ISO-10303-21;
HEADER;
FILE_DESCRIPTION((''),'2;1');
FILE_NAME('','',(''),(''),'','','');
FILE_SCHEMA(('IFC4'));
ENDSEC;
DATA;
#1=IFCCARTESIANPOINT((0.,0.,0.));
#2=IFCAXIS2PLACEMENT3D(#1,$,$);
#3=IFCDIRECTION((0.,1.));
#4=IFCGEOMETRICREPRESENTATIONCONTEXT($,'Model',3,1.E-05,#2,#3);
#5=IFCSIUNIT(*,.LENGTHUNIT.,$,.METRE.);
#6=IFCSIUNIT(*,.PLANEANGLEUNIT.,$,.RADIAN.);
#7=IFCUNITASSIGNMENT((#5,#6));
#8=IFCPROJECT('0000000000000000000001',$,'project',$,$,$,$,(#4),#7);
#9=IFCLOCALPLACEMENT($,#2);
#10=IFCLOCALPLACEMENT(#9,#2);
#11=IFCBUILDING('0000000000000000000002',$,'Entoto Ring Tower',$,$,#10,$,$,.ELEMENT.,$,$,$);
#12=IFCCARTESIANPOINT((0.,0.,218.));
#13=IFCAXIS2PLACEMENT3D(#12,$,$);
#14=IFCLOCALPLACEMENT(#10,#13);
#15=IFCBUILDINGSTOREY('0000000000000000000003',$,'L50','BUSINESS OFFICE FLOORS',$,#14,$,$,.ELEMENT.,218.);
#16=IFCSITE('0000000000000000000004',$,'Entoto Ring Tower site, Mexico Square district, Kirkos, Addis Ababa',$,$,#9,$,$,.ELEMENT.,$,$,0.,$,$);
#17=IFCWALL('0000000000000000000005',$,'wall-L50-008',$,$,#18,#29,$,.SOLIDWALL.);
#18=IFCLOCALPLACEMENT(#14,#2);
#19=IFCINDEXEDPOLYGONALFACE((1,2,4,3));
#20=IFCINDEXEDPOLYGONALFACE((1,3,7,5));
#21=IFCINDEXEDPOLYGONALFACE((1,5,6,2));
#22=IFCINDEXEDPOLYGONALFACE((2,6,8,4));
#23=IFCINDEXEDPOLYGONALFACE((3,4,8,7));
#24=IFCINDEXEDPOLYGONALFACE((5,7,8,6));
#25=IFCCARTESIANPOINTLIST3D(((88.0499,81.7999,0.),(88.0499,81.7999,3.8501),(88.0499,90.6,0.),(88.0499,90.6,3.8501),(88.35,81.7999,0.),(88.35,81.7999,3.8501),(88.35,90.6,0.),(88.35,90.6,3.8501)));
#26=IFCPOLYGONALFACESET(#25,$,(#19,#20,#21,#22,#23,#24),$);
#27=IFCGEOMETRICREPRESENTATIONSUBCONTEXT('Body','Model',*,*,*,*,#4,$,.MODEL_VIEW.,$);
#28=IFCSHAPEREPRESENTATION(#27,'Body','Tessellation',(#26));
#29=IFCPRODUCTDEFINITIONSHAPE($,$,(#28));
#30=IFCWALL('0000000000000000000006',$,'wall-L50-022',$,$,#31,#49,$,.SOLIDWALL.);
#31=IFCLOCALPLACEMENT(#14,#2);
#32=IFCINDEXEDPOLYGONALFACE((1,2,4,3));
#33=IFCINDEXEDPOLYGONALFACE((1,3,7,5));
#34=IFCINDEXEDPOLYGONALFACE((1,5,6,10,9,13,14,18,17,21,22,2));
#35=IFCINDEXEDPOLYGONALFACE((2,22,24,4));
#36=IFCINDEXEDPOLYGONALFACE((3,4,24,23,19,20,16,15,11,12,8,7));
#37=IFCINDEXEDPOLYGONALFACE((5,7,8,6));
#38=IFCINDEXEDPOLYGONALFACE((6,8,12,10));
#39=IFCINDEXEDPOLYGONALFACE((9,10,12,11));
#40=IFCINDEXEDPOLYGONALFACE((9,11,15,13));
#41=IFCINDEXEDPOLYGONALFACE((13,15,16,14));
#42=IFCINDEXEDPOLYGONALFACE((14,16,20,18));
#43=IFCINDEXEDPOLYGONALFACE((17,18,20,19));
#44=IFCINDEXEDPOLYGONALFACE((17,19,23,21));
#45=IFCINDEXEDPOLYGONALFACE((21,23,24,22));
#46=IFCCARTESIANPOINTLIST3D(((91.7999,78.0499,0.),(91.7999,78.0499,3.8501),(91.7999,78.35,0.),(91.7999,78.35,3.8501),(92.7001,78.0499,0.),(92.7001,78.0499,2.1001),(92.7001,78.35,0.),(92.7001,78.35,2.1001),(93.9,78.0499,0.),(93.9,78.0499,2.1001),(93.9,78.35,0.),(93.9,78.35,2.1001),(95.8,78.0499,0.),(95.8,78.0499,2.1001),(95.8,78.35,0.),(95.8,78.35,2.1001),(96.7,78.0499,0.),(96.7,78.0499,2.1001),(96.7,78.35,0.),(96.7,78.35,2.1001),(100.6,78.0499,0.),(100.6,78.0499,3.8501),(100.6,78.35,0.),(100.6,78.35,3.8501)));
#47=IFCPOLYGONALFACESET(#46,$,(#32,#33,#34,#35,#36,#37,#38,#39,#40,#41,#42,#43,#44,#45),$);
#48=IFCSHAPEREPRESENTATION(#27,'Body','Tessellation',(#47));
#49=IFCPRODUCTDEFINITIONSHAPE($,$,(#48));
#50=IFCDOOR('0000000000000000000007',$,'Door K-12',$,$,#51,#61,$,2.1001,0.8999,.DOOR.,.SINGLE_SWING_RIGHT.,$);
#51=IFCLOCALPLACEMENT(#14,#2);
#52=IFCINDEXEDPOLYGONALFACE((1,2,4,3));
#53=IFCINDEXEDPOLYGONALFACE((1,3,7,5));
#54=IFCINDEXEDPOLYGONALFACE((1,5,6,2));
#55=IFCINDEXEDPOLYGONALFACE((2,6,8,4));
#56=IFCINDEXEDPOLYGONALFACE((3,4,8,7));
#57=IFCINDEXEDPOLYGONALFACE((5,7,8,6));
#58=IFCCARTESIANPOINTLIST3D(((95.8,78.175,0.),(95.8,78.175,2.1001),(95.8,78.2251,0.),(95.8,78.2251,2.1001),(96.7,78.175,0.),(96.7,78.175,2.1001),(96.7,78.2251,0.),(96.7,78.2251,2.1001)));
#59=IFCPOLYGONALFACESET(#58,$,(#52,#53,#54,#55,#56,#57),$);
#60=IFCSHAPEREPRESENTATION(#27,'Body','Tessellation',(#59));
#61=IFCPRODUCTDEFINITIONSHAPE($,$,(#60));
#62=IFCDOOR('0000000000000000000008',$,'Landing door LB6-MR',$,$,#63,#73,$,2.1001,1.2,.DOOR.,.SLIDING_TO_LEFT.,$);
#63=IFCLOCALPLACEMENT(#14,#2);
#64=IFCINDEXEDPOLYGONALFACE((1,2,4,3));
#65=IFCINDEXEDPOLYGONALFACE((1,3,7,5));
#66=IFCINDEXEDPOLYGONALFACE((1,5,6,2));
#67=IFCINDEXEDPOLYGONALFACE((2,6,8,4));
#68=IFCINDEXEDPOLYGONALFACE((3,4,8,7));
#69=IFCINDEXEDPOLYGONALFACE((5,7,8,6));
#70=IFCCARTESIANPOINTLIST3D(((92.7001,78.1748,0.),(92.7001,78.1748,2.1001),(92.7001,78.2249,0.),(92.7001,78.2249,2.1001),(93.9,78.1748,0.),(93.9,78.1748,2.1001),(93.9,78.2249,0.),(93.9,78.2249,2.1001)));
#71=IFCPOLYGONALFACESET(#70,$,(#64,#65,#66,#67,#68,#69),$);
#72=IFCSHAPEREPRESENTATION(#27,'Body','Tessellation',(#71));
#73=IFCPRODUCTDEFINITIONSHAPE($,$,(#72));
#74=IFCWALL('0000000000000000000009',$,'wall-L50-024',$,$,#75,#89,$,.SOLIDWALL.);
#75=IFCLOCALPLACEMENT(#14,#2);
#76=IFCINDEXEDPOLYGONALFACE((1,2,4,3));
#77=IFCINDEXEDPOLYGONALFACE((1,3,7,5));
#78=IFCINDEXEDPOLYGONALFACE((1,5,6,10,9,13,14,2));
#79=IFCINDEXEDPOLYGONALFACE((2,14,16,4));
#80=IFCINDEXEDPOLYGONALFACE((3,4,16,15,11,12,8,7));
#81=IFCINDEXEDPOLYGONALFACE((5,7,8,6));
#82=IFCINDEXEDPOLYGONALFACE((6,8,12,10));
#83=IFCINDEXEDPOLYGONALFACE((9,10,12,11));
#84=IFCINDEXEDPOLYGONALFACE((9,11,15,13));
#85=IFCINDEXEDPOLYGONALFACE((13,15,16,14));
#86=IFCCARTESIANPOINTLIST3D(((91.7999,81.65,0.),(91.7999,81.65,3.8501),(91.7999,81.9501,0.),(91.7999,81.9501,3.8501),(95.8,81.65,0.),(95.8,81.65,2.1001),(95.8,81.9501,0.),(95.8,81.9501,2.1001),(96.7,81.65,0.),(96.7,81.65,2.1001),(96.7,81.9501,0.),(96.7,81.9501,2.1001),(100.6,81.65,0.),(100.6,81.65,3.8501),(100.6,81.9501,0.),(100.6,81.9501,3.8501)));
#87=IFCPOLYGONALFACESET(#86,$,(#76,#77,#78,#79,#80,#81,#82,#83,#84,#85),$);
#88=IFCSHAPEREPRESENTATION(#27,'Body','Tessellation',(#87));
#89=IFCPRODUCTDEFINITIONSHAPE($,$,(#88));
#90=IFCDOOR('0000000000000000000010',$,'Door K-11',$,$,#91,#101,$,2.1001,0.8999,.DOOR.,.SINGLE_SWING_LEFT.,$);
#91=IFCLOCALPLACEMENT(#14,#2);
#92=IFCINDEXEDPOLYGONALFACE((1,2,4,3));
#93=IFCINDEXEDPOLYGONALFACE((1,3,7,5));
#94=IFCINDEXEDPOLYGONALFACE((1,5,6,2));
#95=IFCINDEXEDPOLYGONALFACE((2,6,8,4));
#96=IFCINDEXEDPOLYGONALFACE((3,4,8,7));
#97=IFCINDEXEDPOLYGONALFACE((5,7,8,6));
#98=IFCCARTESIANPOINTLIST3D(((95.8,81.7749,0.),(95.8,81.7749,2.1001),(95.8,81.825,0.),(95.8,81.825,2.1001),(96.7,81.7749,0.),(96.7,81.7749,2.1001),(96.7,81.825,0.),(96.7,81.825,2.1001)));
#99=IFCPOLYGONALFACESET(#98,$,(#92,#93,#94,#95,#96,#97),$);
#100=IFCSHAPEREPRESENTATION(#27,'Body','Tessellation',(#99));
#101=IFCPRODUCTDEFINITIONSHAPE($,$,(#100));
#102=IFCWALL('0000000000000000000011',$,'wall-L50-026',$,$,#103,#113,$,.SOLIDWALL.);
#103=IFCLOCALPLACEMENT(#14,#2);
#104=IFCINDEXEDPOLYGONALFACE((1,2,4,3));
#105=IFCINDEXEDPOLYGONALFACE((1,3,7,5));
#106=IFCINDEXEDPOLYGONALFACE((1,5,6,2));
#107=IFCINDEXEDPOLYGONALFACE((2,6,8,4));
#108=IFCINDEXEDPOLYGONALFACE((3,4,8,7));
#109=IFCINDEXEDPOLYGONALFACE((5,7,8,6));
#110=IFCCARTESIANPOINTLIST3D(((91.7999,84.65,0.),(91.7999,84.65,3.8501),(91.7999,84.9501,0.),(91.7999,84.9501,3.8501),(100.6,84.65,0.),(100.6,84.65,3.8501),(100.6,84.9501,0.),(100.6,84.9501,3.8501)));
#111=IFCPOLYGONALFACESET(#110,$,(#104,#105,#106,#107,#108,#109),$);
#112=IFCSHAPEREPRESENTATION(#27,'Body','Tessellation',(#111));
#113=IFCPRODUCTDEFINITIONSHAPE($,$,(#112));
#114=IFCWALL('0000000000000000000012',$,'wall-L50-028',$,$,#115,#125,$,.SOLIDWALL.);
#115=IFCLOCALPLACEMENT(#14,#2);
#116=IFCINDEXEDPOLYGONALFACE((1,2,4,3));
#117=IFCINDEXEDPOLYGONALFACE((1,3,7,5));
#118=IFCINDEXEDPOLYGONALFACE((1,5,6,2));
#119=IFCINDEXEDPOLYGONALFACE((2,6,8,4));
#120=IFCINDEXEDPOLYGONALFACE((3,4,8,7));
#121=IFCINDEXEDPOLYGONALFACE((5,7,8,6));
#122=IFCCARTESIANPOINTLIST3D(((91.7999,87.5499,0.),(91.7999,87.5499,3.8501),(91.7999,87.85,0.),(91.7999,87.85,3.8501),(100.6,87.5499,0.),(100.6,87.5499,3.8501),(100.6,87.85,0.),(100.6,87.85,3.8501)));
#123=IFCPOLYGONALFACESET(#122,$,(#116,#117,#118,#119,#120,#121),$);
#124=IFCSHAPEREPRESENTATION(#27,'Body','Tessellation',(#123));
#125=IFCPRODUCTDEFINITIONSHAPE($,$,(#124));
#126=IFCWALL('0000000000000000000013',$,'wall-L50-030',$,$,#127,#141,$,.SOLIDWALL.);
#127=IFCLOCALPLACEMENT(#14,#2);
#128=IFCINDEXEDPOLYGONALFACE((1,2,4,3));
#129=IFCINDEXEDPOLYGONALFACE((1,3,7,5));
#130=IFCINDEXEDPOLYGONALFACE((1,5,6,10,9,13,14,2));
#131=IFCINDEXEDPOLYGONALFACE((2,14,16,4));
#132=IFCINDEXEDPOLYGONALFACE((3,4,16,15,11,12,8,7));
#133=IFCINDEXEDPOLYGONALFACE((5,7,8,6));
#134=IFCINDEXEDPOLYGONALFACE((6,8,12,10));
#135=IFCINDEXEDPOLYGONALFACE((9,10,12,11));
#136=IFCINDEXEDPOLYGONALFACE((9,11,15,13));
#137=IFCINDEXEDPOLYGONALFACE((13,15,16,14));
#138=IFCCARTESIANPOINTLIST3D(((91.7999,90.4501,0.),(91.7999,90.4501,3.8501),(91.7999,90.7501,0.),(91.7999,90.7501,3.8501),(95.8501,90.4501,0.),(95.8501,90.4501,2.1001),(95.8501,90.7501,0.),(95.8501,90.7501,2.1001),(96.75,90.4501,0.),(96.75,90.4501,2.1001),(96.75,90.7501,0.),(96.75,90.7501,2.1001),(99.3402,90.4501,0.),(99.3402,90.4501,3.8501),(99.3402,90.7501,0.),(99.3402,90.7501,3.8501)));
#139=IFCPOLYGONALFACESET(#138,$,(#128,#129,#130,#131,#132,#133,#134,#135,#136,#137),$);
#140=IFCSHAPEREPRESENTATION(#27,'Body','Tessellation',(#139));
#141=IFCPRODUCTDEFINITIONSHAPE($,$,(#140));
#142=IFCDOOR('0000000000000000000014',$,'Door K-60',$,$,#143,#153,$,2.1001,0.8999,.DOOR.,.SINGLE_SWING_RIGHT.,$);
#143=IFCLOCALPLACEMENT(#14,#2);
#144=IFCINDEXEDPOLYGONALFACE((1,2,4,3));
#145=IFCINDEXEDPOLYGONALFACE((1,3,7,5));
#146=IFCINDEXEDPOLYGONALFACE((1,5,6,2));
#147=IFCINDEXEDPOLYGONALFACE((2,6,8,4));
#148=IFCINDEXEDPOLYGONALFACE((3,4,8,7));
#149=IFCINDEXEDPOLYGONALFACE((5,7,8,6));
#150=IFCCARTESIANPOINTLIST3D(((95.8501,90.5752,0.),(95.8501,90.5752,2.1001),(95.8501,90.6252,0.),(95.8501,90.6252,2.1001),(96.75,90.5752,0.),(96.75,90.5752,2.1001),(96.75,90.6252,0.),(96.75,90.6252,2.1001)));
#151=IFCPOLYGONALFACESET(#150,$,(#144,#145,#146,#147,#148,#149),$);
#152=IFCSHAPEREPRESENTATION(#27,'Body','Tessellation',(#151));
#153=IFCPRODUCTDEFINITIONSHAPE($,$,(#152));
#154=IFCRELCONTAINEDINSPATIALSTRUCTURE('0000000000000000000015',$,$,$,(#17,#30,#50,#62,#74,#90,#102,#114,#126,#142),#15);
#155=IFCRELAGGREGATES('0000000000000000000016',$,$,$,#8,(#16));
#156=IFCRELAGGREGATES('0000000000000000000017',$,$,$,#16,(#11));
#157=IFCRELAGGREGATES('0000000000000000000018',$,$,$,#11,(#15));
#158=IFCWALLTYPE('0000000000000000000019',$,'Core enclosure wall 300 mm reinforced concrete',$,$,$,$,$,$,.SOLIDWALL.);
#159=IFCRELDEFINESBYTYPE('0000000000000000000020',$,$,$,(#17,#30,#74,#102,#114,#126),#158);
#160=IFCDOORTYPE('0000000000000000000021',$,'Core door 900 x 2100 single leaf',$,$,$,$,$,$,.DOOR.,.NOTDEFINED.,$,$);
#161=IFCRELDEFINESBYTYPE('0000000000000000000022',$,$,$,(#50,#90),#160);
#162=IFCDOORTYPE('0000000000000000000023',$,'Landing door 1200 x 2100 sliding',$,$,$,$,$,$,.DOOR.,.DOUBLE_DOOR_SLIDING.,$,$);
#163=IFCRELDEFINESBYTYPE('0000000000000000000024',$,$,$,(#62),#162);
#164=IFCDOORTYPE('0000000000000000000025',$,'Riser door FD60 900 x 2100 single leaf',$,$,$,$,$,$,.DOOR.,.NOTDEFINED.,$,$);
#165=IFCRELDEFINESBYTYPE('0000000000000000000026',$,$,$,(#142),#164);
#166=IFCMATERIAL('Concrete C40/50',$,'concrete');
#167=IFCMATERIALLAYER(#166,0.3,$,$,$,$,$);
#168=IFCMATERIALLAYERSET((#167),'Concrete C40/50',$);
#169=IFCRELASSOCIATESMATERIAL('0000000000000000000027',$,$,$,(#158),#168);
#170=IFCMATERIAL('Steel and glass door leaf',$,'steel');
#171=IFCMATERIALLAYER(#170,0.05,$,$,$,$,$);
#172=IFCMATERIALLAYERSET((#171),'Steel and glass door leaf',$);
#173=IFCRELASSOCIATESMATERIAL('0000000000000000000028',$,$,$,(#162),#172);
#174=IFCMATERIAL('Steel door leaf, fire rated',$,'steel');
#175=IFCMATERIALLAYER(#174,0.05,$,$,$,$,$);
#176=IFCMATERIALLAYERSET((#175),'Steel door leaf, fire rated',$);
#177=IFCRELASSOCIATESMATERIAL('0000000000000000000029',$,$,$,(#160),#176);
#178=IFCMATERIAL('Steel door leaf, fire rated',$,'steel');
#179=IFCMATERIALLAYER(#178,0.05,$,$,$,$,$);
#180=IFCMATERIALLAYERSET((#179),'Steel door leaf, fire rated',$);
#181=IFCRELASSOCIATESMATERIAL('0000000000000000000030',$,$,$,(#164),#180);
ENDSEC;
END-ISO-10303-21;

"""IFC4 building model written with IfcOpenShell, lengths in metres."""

from ifc_helpers import new_model, si_unit, direction, frame, frame_2d, origin, place, context, subcontext, project, spatial, rectangle, extrude, material, layer, layer_set, type_object, element, fill, save


model = new_model("IFC4")

# Units and contexts
model_context = context("Model", 3, precision=1e-05, world=origin(), true_north=direction((0.0, 1.0)))
body_context = subcontext(model_context, "Body", "Model", "MODEL_VIEW")
ifc_project = project(units=[si_unit("LENGTHUNIT", "METRE"), si_unit("PLANEANGLEUNIT", "RADIAN")], contexts=[model_context])

# Site, building, storey
site_placement = place(None, origin())
site = spatial("IfcSite", under=ifc_project, at=site_placement, Name="Entoto Ring Tower site, Mexico Square district, Kirkos, Addis Ababa", CompositionType="ELEMENT", RefElevation=0.0)
building_placement = place(site_placement, origin())
building = spatial("IfcBuilding", under=site, at=building_placement, Name="Entoto Ring Tower", CompositionType="ELEMENT")
storey_placement = place(building_placement, frame((0.0, 0.0, 218.0)))
storey = spatial("IfcBuildingStorey", under=building, at=storey_placement, Name="L50", Description="BUSINESS OFFICE FLOORS", CompositionType="ELEMENT", Elevation=218.0)

# Shared definitions
ifc_material_1 = material(Name="Concrete C40/50", Category="concrete")
ifc_layer_1 = layer(ifc_material_1, 0.3)
ifc_layer_set_1 = layer_set([ifc_layer_1], Name="Concrete C40/50")
wall_type = type_object("IfcWallType", Name="Core enclosure wall 300 mm reinforced concrete", PredefinedType="SOLIDWALL", material=ifc_layer_set_1)

# Shared definitions
ifc_material_2 = material(Name="Steel and glass door leaf", Category="steel")
ifc_layer_2 = layer(ifc_material_2, 0.05)
ifc_layer_set_2 = layer_set([ifc_layer_2], Name="Steel and glass door leaf")
door_type_1 = type_object("IfcDoorType", Name="Landing door 1200 x 2100 sliding", OperationType="DOUBLE_DOOR_SLIDING", PredefinedType="DOOR", material=ifc_layer_set_2)

# Wall
wall_1_placement = place(storey_placement, frame((88.2, 81.8, 0.0), z_axis=(0.0, 0.0, 1.0), x_axis=(0.0, 1.0, 0.0)))
element("IfcWall", 1, at=wall_1_placement, inside=storey, type_object=wall_type, Name="wall-L50-008", PredefinedType="SOLIDWALL", context=body_context, shape_type="SweptSolid", body=[
    extrude(rectangle(XDim=8.8, YDim=0.3, at=frame_2d((4.3999, 0.0))), origin(), (0.0, 0.0, 1.0), 3.8501),
])

# Wall, openings, doors
wall_2_placement = place(storey_placement, frame((91.8, 78.2, 0.0), z_axis=(0.0, 0.0, 1.0), x_axis=(1.0, 0.0, 0.0)))
wall_2 = element("IfcWall", 2, at=wall_2_placement, inside=storey, type_object=wall_type, Name="wall-L50-022", PredefinedType="SOLIDWALL", context=body_context, shape_type="SweptSolid", body=[
    extrude(rectangle(XDim=8.8, YDim=0.3, at=frame_2d((4.3999, 0.0))), origin(), (0.0, 0.0, 1.0), 3.8501),
])
opening_1_placement = place(wall_2_placement, frame((0.8999, 0.0, 0.0)))
opening_1 = element("IfcOpeningElement", 3, at=opening_1_placement, cuts=wall_2, PredefinedType="OPENING", context=body_context, shape_type="SweptSolid", body=[
    extrude(rectangle(XDim=1.2, YDim=2.1001, at=frame_2d((0.6001, 1.05))), frame((0.0, 0.1602, 0.0), z_axis=(0.0, -1.0, 0.0), x_axis=(1.0, 0.0, 0.0)), (0.0, 0.0, 1.0), 0.3201),
])
opening_2_placement = place(wall_2_placement, frame((4.0, 0.0, 0.0)))
opening_2 = element("IfcOpeningElement", 4, at=opening_2_placement, cuts=wall_2, PredefinedType="OPENING", context=body_context, shape_type="SweptSolid", body=[
    extrude(rectangle(XDim=0.8999, YDim=2.1001, at=frame_2d((0.45, 1.05))), frame((0.0, 0.1602, 0.0), z_axis=(0.0, -1.0, 0.0), x_axis=(1.0, 0.0, 0.0)), (0.0, 0.0, 1.0), 0.3201),
])
ifc_material_3 = material(Name="Steel door leaf, fire rated", Category="steel")
ifc_layer_3 = layer(ifc_material_3, 0.05)
ifc_layer_set_3 = layer_set([ifc_layer_3], Name="Steel door leaf, fire rated")
door_type_2 = type_object("IfcDoorType", Name="Core door 900 x 2100 single leaf", OperationType="NOTDEFINED", PredefinedType="DOOR", material=ifc_layer_set_3)
door_1_placement = place(opening_2_placement, frame((0.8999, 0.0, 0.0), z_axis=(0.0, 0.0, 1.0), x_axis=(-1.0, 0.0, 0.0)))
door_1 = element("IfcDoor", 5, at=door_1_placement, inside=storey, type_object=door_type_2, Name="Door K-12", OperationType="SINGLE_SWING_RIGHT", OverallHeight=2.1001, OverallWidth=0.8999, PredefinedType="DOOR", context=body_context, shape_type="SweptSolid", body=[
    extrude(rectangle(XDim=0.8999, YDim=2.1001, at=frame_2d((0.45, 1.05))), frame((0.0, 0.0249, 0.0), z_axis=(0.0, -1.0, 0.0), x_axis=(1.0, 0.0, 0.0)), (0.0, 0.0, 1.0), 0.05),
])
fill(opening_2, door_1)
door_2_placement = place(opening_1_placement, origin())
door_2 = element("IfcDoor", 6, at=door_2_placement, inside=storey, type_object=door_type_1, Name="Landing door LB6-MR", OperationType="SLIDING_TO_LEFT", OverallHeight=2.1001, OverallWidth=1.2, PredefinedType="DOOR", context=body_context, shape_type="SweptSolid", body=[
    extrude(rectangle(XDim=1.2, YDim=2.1001, at=frame_2d((0.6001, 1.05))), frame((0.0, 0.0249, 0.0), z_axis=(0.0, -1.0, 0.0), x_axis=(1.0, 0.0, 0.0)), (0.0, 0.0, 1.0), 0.05),
])
fill(opening_1, door_2)

# Wall, opening, door
wall_3_placement = place(storey_placement, frame((91.8, 81.8, 0.0), z_axis=(0.0, 0.0, 1.0), x_axis=(1.0, 0.0, 0.0)))
wall_3 = element("IfcWall", 7, at=wall_3_placement, inside=storey, type_object=wall_type, Name="wall-L50-024", PredefinedType="SOLIDWALL", context=body_context, shape_type="SweptSolid", body=[
    extrude(rectangle(XDim=8.8, YDim=0.3, at=frame_2d((4.3999, 0.0))), origin(), (0.0, 0.0, 1.0), 3.8501),
])
opening_3_placement = place(wall_3_placement, frame((4.0, 0.0, 0.0)))
opening_3 = element("IfcOpeningElement", 8, at=opening_3_placement, cuts=wall_3, PredefinedType="OPENING", context=body_context, shape_type="SweptSolid", body=[
    extrude(rectangle(XDim=0.8999, YDim=2.1001, at=frame_2d((0.45, 1.05))), frame((0.0, 0.1602, 0.0), z_axis=(0.0, -1.0, 0.0), x_axis=(1.0, 0.0, 0.0)), (0.0, 0.0, 1.0), 0.3201),
])
door_3_placement = place(opening_3_placement, origin())
door_3 = element("IfcDoor", 9, at=door_3_placement, inside=storey, type_object=door_type_2, Name="Door K-11", OperationType="SINGLE_SWING_LEFT", OverallHeight=2.1001, OverallWidth=0.8999, PredefinedType="DOOR", context=body_context, shape_type="SweptSolid", body=[
    extrude(rectangle(XDim=0.8999, YDim=2.1001, at=frame_2d((0.45, 1.05))), frame((0.0, 0.0249, 0.0), z_axis=(0.0, -1.0, 0.0), x_axis=(1.0, 0.0, 0.0)), (0.0, 0.0, 1.0), 0.05),
])
fill(opening_3, door_3)

# Walls
for number, where, z_axis, x_axis, name in (
    (10, (91.8, 84.8, 0.0), (0.0, 0.0, 1.0), (1.0, 0.0, 0.0), "wall-L50-026"),
    (11, (91.8, 87.7, 0.0), (0.0, 0.0, 1.0), (1.0, 0.0, 0.0), "wall-L50-028"),
):
    element("IfcWall", number, at=place(storey_placement, frame(where, z_axis=z_axis, x_axis=x_axis)), inside=storey, type_object=wall_type, Name=name, PredefinedType="SOLIDWALL", context=body_context, shape_type="SweptSolid", body=[
        extrude(rectangle(XDim=8.8, YDim=0.3, at=frame_2d((4.3999, 0.0))), origin(), (0.0, 0.0, 1.0), 3.8501),
    ])

# Wall, opening, door
wall_4_placement = place(storey_placement, frame((91.8, 90.6001, 0.0), z_axis=(0.0, 0.0, 1.0), x_axis=(1.0, 0.0, 0.0)))
wall_4 = element("IfcWall", 12, at=wall_4_placement, inside=storey, type_object=wall_type, Name="wall-L50-030", PredefinedType="SOLIDWALL", context=body_context, shape_type="SweptSolid", body=[
    extrude(rectangle(XDim=7.5403, YDim=0.3, at=frame_2d((3.77, 0.0))), origin(), (0.0, 0.0, 1.0), 3.8501),
])
opening_4_placement = place(wall_4_placement, frame((4.05, 0.0, 0.0)))
opening_4 = element("IfcOpeningElement", 13, at=opening_4_placement, cuts=wall_4, PredefinedType="OPENING", context=body_context, shape_type="SweptSolid", body=[
    extrude(rectangle(XDim=0.8999, YDim=2.1001, at=frame_2d((0.45, 1.05))), frame((0.0, 0.1602, 0.0), z_axis=(0.0, -1.0, 0.0), x_axis=(1.0, 0.0, 0.0)), (0.0, 0.0, 1.0), 0.3201),
])
ifc_material_4 = material(Name="Steel door leaf, fire rated", Category="steel")
ifc_layer_4 = layer(ifc_material_4, 0.05)
ifc_layer_set_4 = layer_set([ifc_layer_4], Name="Steel door leaf, fire rated")
door_type_3 = type_object("IfcDoorType", Name="Riser door FD60 900 x 2100 single leaf", OperationType="NOTDEFINED", PredefinedType="DOOR", material=ifc_layer_set_4)
door_4_placement = place(opening_4_placement, frame((0.8999, 0.0, 0.0), z_axis=(0.0, 0.0, 1.0), x_axis=(-1.0, 0.0, 0.0)))
door_4 = element("IfcDoor", 14, at=door_4_placement, inside=storey, type_object=door_type_3, Name="Door K-60", OperationType="SINGLE_SWING_RIGHT", OverallHeight=2.1001, OverallWidth=0.8999, PredefinedType="DOOR", context=body_context, shape_type="SweptSolid", body=[
    extrude(rectangle(XDim=0.8999, YDim=2.1001, at=frame_2d((0.45, 1.05))), frame((0.0, 0.0249, 0.0), z_axis=(0.0, -1.0, 0.0), x_axis=(1.0, 0.0, 0.0)), (0.0, 0.0, 1.0), 0.05),
])
fill(opening_4, door_4)

save(model, "model.ifc")
